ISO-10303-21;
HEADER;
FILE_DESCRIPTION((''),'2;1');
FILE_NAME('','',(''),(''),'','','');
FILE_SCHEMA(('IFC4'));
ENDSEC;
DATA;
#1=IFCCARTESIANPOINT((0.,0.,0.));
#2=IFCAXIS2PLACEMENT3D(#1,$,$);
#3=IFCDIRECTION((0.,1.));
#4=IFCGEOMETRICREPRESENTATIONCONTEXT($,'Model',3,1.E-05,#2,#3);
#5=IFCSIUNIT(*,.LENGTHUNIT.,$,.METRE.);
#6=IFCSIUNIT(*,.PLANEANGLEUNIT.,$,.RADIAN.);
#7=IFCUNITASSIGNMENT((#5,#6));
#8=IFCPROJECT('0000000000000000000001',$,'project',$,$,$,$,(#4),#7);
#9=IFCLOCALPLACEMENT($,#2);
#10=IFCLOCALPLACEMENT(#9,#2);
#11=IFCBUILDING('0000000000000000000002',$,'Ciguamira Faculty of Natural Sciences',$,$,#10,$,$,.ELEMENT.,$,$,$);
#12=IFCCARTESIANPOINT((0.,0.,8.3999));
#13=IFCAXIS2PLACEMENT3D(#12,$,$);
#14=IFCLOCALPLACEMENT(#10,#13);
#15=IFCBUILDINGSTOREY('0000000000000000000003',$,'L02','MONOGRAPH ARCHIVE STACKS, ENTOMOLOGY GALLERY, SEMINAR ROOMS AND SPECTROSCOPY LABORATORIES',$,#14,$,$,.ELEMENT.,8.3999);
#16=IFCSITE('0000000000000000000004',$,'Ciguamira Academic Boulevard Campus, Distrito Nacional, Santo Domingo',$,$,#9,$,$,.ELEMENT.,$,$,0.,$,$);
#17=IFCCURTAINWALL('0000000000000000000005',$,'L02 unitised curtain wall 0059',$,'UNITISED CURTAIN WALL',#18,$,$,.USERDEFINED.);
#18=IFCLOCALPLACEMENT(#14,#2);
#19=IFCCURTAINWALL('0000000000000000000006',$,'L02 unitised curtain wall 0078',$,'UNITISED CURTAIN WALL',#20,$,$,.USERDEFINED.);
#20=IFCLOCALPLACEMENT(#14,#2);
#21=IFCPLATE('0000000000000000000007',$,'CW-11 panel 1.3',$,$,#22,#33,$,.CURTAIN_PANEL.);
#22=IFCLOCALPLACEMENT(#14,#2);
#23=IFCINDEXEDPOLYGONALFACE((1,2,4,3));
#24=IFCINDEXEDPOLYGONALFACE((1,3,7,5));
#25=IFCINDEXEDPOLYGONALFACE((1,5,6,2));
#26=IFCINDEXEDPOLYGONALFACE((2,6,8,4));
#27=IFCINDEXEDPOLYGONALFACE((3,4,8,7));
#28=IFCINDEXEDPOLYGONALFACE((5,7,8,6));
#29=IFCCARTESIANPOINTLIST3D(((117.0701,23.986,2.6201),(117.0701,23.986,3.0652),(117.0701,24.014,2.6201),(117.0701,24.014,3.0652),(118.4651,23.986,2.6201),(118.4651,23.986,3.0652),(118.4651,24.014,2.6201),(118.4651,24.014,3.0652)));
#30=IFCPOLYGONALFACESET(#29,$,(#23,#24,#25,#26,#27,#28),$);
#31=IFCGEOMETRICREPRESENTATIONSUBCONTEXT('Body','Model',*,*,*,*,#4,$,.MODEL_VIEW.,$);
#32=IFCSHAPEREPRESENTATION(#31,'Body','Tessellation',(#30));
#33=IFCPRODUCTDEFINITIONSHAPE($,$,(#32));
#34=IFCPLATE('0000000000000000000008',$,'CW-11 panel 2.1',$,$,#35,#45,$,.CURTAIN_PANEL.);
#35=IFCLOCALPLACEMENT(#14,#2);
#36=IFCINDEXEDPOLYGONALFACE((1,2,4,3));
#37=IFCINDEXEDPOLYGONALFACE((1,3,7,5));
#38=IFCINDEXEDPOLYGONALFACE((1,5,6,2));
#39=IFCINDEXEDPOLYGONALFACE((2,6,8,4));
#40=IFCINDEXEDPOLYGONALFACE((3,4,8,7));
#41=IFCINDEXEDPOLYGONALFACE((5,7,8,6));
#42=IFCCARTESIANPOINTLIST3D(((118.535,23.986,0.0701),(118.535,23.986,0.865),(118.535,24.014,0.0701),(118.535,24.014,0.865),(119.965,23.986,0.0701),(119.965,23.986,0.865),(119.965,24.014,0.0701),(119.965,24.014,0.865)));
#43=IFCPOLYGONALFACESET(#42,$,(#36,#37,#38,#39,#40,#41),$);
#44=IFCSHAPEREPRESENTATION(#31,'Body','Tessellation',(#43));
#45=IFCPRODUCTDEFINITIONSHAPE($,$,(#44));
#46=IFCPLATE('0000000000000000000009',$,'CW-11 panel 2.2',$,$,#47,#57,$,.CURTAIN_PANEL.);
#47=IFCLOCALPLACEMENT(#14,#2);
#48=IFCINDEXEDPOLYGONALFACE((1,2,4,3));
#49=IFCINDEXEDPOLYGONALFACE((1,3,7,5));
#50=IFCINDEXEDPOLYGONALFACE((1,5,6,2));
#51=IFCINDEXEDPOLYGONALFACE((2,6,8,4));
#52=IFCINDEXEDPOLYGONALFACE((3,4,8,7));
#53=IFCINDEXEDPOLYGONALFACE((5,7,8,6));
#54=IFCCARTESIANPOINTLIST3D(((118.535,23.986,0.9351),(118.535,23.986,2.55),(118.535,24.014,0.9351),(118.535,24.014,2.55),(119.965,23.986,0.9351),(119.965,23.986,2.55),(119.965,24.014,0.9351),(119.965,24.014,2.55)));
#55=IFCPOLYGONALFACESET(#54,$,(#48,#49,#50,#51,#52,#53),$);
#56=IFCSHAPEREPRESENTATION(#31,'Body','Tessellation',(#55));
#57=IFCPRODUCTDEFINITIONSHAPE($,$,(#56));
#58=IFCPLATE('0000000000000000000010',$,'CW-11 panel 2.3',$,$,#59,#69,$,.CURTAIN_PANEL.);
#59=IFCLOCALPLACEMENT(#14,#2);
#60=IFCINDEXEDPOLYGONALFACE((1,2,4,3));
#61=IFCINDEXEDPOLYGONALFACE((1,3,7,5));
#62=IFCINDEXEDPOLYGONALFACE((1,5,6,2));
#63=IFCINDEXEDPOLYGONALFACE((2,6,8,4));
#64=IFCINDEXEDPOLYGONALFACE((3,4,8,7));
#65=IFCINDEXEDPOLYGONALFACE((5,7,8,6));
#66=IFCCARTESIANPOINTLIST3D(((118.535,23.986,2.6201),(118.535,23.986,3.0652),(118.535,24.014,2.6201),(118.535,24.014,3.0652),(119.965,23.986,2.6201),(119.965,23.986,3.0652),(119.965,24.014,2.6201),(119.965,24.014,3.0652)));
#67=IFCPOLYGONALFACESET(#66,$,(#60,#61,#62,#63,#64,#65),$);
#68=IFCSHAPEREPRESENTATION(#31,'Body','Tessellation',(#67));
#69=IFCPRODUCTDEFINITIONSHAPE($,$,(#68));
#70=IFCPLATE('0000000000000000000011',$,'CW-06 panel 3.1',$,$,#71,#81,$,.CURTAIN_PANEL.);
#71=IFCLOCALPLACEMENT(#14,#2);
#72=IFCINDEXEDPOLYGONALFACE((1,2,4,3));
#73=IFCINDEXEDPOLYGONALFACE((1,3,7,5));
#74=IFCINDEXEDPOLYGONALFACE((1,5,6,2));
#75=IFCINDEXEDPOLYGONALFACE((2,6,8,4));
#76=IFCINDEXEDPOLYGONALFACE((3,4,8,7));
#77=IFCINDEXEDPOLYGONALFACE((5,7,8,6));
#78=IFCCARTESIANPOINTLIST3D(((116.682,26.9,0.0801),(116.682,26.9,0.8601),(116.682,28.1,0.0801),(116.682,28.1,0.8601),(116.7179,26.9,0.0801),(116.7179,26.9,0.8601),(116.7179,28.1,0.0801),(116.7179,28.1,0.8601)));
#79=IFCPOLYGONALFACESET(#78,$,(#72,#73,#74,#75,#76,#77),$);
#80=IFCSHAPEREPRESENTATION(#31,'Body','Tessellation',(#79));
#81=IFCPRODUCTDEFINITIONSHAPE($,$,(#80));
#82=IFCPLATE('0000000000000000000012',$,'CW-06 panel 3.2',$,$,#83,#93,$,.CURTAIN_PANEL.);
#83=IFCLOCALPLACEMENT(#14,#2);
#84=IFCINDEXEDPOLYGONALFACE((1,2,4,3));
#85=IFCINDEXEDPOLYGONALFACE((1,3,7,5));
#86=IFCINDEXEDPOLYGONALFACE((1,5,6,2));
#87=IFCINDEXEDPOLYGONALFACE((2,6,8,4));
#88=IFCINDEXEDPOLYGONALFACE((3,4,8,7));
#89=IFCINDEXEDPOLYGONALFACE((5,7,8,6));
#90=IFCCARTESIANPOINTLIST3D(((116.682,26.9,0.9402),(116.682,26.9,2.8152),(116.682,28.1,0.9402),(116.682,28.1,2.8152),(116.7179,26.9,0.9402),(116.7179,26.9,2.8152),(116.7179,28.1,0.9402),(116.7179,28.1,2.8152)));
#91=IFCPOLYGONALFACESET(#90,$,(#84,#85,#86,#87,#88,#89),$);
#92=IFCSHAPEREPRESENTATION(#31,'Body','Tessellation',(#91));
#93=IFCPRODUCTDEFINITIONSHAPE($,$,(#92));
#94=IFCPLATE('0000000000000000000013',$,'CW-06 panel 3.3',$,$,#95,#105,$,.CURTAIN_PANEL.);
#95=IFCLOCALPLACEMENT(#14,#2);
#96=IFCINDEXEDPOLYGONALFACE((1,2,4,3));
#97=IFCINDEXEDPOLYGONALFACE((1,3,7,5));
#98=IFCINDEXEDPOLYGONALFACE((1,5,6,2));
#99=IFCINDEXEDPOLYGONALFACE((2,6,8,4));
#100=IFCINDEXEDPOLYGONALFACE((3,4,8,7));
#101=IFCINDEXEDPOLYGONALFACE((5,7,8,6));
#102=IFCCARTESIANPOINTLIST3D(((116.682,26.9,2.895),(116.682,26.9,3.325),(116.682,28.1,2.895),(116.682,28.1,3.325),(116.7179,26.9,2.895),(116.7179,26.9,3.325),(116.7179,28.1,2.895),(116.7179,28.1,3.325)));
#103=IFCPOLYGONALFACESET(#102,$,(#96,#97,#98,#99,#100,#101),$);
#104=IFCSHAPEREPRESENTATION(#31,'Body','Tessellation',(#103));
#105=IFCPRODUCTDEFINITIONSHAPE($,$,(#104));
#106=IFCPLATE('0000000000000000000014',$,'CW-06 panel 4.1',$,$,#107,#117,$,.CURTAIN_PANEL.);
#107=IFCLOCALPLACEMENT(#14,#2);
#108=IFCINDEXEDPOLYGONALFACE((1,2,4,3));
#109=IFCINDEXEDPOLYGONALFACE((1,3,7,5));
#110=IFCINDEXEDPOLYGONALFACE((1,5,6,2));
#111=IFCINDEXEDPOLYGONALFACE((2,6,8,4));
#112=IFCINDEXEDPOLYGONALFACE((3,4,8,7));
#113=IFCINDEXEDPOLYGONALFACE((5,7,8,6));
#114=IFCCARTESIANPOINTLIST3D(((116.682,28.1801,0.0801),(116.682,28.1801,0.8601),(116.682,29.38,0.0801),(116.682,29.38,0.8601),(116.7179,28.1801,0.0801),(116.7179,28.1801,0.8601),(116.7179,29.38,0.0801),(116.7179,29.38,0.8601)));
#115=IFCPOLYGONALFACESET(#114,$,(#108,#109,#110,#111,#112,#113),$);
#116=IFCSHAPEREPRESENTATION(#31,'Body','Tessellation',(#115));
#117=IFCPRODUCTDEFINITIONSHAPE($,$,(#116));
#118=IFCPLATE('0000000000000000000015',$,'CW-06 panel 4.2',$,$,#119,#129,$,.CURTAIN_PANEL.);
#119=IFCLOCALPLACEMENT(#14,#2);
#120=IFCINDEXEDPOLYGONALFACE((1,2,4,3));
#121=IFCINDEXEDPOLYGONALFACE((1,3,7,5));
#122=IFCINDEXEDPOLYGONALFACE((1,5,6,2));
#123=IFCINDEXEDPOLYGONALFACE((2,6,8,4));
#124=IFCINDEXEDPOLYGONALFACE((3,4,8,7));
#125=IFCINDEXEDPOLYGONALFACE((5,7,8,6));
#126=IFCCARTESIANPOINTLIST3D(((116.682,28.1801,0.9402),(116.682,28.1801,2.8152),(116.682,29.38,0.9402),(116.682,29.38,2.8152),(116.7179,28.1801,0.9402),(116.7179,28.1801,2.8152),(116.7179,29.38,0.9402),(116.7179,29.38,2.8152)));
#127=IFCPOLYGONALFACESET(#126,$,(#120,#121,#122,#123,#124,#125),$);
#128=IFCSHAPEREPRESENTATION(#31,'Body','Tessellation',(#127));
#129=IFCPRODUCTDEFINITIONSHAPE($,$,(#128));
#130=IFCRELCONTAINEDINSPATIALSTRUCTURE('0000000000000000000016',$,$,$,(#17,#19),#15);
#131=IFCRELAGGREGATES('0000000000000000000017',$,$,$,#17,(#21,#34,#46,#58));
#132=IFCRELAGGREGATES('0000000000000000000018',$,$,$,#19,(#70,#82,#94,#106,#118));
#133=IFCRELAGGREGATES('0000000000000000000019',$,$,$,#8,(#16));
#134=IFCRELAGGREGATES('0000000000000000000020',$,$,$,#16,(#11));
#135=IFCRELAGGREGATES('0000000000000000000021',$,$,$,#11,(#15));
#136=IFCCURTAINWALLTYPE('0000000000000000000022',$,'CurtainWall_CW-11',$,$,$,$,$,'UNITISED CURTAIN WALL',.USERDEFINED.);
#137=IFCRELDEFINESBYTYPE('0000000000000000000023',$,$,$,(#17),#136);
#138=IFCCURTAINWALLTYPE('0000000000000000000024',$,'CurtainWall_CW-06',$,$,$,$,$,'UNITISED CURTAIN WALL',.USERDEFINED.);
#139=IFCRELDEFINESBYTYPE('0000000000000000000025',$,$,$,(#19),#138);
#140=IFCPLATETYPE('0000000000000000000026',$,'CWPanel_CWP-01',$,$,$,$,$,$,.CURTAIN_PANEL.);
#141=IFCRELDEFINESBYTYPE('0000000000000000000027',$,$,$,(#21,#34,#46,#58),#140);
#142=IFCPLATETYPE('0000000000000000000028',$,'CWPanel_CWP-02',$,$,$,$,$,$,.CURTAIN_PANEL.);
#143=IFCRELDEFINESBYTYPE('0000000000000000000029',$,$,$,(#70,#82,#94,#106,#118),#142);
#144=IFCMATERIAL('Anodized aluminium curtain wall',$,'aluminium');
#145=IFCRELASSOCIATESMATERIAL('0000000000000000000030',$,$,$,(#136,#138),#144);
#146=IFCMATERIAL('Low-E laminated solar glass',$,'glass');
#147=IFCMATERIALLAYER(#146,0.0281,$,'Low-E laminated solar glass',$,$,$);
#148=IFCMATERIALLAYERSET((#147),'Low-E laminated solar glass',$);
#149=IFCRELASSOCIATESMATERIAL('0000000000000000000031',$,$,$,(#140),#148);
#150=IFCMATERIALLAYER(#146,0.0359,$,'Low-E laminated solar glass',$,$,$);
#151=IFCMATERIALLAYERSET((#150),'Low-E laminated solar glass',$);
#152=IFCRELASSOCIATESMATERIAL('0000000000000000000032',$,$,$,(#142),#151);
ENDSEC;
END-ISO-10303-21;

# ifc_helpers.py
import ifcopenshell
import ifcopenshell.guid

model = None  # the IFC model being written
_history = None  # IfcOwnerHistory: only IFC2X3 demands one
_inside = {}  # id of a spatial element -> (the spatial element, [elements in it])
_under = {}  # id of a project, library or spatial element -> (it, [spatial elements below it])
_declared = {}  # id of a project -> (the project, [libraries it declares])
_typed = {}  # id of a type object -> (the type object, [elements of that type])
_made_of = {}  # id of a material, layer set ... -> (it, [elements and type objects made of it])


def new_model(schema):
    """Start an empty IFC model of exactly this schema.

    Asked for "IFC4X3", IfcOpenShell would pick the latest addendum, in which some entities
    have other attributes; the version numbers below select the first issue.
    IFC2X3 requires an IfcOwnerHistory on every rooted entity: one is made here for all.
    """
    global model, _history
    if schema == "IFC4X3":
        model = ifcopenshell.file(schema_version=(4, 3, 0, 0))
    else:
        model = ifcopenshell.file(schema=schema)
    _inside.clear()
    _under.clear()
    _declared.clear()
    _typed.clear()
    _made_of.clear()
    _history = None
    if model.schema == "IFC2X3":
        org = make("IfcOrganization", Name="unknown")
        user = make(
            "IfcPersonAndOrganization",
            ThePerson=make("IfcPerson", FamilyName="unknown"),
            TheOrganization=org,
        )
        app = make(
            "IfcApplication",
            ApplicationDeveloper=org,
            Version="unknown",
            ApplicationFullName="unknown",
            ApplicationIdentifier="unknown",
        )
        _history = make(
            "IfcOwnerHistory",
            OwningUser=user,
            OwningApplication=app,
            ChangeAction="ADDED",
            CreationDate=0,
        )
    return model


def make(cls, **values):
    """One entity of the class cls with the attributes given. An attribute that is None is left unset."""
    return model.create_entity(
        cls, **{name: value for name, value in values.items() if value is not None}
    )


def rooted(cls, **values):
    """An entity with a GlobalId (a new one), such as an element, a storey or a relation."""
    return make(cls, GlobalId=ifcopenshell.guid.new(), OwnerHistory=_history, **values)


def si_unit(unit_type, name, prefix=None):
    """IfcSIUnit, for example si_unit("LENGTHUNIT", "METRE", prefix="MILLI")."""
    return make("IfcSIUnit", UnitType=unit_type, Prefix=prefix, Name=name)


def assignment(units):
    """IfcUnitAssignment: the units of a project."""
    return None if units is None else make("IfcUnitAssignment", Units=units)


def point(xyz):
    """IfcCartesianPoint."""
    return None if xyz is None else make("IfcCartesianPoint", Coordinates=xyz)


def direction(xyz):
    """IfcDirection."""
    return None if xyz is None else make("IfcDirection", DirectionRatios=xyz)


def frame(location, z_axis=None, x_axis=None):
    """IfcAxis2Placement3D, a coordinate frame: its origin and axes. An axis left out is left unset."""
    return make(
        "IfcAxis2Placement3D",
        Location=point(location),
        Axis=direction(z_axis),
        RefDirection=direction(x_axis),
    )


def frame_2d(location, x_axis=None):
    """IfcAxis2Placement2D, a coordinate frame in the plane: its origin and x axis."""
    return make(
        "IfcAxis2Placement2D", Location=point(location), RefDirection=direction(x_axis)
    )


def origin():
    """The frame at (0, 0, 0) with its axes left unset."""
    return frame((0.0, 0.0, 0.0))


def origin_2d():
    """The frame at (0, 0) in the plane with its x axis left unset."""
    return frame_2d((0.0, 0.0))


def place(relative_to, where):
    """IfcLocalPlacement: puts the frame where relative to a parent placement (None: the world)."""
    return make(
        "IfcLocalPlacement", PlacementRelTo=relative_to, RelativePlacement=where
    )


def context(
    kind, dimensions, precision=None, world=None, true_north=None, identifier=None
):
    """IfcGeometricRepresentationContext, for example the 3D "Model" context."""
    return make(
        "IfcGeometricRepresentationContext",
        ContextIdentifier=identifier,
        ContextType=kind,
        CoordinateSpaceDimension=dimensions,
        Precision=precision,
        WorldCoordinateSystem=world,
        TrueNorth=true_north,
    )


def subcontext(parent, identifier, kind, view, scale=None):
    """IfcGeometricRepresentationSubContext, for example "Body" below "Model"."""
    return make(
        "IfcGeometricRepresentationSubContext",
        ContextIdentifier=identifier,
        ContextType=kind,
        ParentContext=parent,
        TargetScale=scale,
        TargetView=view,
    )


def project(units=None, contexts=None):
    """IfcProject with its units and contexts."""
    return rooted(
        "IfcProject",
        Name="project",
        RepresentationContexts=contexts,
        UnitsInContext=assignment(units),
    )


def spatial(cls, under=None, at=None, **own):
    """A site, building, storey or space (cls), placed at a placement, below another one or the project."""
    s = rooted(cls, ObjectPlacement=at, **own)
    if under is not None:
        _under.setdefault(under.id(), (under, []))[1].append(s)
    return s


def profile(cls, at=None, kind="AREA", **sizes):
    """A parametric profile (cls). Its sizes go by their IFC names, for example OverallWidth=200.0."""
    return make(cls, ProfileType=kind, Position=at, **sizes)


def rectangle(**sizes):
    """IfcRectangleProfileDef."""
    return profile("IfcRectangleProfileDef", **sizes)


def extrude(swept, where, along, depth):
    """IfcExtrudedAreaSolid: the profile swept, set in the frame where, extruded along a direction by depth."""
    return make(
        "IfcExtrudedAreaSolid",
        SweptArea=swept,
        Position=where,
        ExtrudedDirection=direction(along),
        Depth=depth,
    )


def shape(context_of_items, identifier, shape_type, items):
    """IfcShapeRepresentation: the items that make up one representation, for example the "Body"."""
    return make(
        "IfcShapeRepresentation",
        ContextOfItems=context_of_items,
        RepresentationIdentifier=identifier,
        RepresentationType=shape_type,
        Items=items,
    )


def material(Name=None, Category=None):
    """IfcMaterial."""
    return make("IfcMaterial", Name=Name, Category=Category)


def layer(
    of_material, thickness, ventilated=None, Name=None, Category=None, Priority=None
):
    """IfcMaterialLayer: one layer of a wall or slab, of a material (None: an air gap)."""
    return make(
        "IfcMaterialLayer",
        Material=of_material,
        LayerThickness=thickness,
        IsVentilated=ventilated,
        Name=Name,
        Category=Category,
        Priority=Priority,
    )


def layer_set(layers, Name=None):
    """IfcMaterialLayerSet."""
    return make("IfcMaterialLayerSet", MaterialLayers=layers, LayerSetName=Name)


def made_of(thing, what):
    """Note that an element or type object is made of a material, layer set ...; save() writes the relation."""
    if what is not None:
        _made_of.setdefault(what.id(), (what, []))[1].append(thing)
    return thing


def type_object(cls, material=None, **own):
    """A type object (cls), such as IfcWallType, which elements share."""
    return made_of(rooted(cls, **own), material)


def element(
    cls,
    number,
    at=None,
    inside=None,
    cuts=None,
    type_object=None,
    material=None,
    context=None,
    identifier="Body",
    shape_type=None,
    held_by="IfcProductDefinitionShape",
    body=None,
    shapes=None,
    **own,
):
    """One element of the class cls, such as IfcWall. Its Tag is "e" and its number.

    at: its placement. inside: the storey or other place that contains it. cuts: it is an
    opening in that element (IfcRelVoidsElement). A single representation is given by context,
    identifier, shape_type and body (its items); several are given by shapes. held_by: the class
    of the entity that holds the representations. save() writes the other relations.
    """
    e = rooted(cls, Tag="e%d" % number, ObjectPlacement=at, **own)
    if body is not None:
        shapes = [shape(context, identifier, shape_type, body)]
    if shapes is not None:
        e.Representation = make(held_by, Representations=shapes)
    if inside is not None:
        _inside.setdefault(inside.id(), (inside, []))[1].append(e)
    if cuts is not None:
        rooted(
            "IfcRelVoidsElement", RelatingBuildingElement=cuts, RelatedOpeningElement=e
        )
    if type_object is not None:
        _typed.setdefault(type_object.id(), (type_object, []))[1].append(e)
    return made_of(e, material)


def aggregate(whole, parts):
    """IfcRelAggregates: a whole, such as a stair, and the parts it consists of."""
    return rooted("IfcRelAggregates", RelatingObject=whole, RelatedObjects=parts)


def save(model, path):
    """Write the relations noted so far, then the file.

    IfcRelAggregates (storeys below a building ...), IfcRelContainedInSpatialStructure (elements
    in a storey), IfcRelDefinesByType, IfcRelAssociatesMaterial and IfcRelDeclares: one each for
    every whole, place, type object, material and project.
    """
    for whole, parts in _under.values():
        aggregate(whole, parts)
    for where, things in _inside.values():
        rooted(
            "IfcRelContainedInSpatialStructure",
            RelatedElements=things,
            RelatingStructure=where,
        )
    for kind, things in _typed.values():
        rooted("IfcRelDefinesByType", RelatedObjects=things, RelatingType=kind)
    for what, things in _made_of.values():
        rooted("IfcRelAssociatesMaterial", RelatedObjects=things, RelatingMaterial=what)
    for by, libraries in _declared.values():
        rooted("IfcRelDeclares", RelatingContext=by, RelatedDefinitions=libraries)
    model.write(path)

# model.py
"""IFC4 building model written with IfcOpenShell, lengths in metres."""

from ifc_helpers import new_model, si_unit, direction, frame, origin, origin_2d, place, context, subcontext, project, spatial, rectangle, extrude, material, layer, layer_set, type_object, element, aggregate, save


model = new_model("IFC4")

# Units and contexts
model_context = context("Model", 3, precision=1e-05, world=origin(), true_north=direction((0.0, 1.0)))
body_context = subcontext(model_context, "Body", "Model", "MODEL_VIEW")
ifc_project = project(units=[si_unit("LENGTHUNIT", "METRE"), si_unit("PLANEANGLEUNIT", "RADIAN")], contexts=[model_context])

# Site, building, storey
site_placement = place(None, origin())
site = spatial("IfcSite", under=ifc_project, at=site_placement, Name="Ciguamira Academic Boulevard Campus, Distrito Nacional, Santo Domingo", CompositionType="ELEMENT", RefElevation=0.0)
building_placement = place(site_placement, origin())
building = spatial("IfcBuilding", under=site, at=building_placement, Name="Ciguamira Faculty of Natural Sciences", CompositionType="ELEMENT")
storey_placement = place(building_placement, frame((0.0, 0.0, 8.3999)))
storey = spatial("IfcBuildingStorey", under=building, at=storey_placement, Name="L02", Description="MONOGRAPH ARCHIVE STACKS, ENTOMOLOGY GALLERY, SEMINAR ROOMS AND SPECTROSCOPY LABORATORIES", CompositionType="ELEMENT", Elevation=8.3999)

# Curtain walls
ifc_material_1 = material(Name="Anodized aluminium curtain wall", Category="aluminium")
curtain_wall_type_1 = type_object("IfcCurtainWallType", Name="CurtainWall_CW-11", ElementType="UNITISED CURTAIN WALL", PredefinedType="USERDEFINED", material=ifc_material_1)
curtain_wall_1_placement = place(storey_placement, origin())
curtain_wall_1 = element("IfcCurtainWall", 1, at=curtain_wall_1_placement, inside=storey, type_object=curtain_wall_type_1, Name="L02 unitised curtain wall 0059", ObjectType="UNITISED CURTAIN WALL", PredefinedType="USERDEFINED")
curtain_wall_type_2 = type_object("IfcCurtainWallType", Name="CurtainWall_CW-06", ElementType="UNITISED CURTAIN WALL", PredefinedType="USERDEFINED", material=ifc_material_1)
curtain_wall_2_placement = place(storey_placement, origin())
curtain_wall_2 = element("IfcCurtainWall", 2, at=curtain_wall_2_placement, inside=storey, type_object=curtain_wall_type_2, Name="L02 unitised curtain wall 0078", ObjectType="UNITISED CURTAIN WALL", PredefinedType="USERDEFINED")

# Plates
ifc_material_2 = material(Name="Low-E laminated solar glass", Category="glass")
ifc_layer_1 = layer(ifc_material_2, 0.0281, Name="Low-E laminated solar glass")
ifc_layer_set_1 = layer_set([ifc_layer_1], Name="Low-E laminated solar glass")
plate_type_1 = type_object("IfcPlateType", Name="CWPanel_CWP-01", PredefinedType="CURTAIN_PANEL", material=ifc_layer_set_1)
plate_1_placement = place(storey_placement, frame((117.7676, 24.0, 2.6201), z_axis=(0.0, 0.0, 1.0), x_axis=(1.0, 0.0, 0.0)))
plate_1 = element("IfcPlate", 3, at=plate_1_placement, type_object=plate_type_1, Name="CW-11 panel 1.3", PredefinedType="CURTAIN_PANEL", context=body_context, shape_type="SweptSolid", body=[
    extrude(rectangle(XDim=1.395, YDim=0.0281, at=origin_2d()), origin(), (0.0, 0.0, 1.0), 0.4451),
])
plate_2_placement = place(storey_placement, frame((119.25, 24.0, 0.0701), z_axis=(0.0, 0.0, 1.0), x_axis=(1.0, 0.0, 0.0)))
plate_2 = element("IfcPlate", 4, at=plate_2_placement, type_object=plate_type_1, Name="CW-11 panel 2.1", PredefinedType="CURTAIN_PANEL", context=body_context, shape_type="SweptSolid", body=[
    extrude(rectangle(XDim=1.4299, YDim=0.0281, at=origin_2d()), origin(), (0.0, 0.0, 1.0), 0.7949),
])
plate_3_placement = place(storey_placement, frame((119.25, 24.0, 0.9351), z_axis=(0.0, 0.0, 1.0), x_axis=(1.0, 0.0, 0.0)))
plate_3 = element("IfcPlate", 5, at=plate_3_placement, type_object=plate_type_1, Name="CW-11 panel 2.2", PredefinedType="CURTAIN_PANEL", context=body_context, shape_type="SweptSolid", body=[
    extrude(rectangle(XDim=1.4299, YDim=0.0281, at=origin_2d()), origin(), (0.0, 0.0, 1.0), 1.615),
])
plate_4_placement = place(storey_placement, frame((119.25, 24.0, 2.6201), z_axis=(0.0, 0.0, 1.0), x_axis=(1.0, 0.0, 0.0)))
plate_4 = element("IfcPlate", 6, at=plate_4_placement, type_object=plate_type_1, Name="CW-11 panel 2.3", PredefinedType="CURTAIN_PANEL", context=body_context, shape_type="SweptSolid", body=[
    extrude(rectangle(XDim=1.4299, YDim=0.0281, at=origin_2d()), origin(), (0.0, 0.0, 1.0), 0.4451),
])
aggregate(curtain_wall_1, [plate_1, plate_2, plate_3, plate_4])
ifc_layer_2 = layer(ifc_material_2, 0.0359, Name="Low-E laminated solar glass")
ifc_layer_set_2 = layer_set([ifc_layer_2], Name="Low-E laminated solar glass")
plate_type_2 = type_object("IfcPlateType", Name="CWPanel_CWP-02", PredefinedType="CURTAIN_PANEL", material=ifc_layer_set_2)
plate_5_placement = place(storey_placement, frame((116.7, 27.5, 0.0801), z_axis=(0.0, 0.0, 1.0), x_axis=(0.0, 1.0, 0.0)))
plate_5 = element("IfcPlate", 7, at=plate_5_placement, type_object=plate_type_2, Name="CW-06 panel 3.1", PredefinedType="CURTAIN_PANEL", context=body_context, shape_type="SweptSolid", body=[
    extrude(rectangle(XDim=1.2, YDim=0.0359, at=origin_2d()), origin(), (0.0, 0.0, 1.0), 0.78),
])
plate_6_placement = place(storey_placement, frame((116.7, 27.5, 0.9402), z_axis=(0.0, 0.0, 1.0), x_axis=(0.0, 1.0, 0.0)))
plate_6 = element("IfcPlate", 8, at=plate_6_placement, type_object=plate_type_2, Name="CW-06 panel 3.2", PredefinedType="CURTAIN_PANEL", context=body_context, shape_type="SweptSolid", body=[
    extrude(rectangle(XDim=1.2, YDim=0.0359, at=origin_2d()), origin(), (0.0, 0.0, 1.0), 1.875),
])
plate_7_placement = place(storey_placement, frame((116.7, 27.5, 2.895), z_axis=(0.0, 0.0, 1.0), x_axis=(0.0, 1.0, 0.0)))
plate_7 = element("IfcPlate", 9, at=plate_7_placement, type_object=plate_type_2, Name="CW-06 panel 3.3", PredefinedType="CURTAIN_PANEL", context=body_context, shape_type="SweptSolid", body=[
    extrude(rectangle(XDim=1.2, YDim=0.0359, at=origin_2d()), origin(), (0.0, 0.0, 1.0), 0.4299),
])
plate_8_placement = place(storey_placement, frame((116.7, 28.78, 0.0801), z_axis=(0.0, 0.0, 1.0), x_axis=(0.0, 1.0, 0.0)))
plate_8 = element("IfcPlate", 10, at=plate_8_placement, type_object=plate_type_2, Name="CW-06 panel 4.1", PredefinedType="CURTAIN_PANEL", context=body_context, shape_type="SweptSolid", body=[
    extrude(rectangle(XDim=1.2, YDim=0.0359, at=origin_2d()), origin(), (0.0, 0.0, 1.0), 0.78),
])
plate_9_placement = place(storey_placement, frame((116.7, 28.78, 0.9402), z_axis=(0.0, 0.0, 1.0), x_axis=(0.0, 1.0, 0.0)))
plate_9 = element("IfcPlate", 11, at=plate_9_placement, type_object=plate_type_2, Name="CW-06 panel 4.2", PredefinedType="CURTAIN_PANEL", context=body_context, shape_type="SweptSolid", body=[
    extrude(rectangle(XDim=1.2, YDim=0.0359, at=origin_2d()), origin(), (0.0, 0.0, 1.0), 1.875),
])
aggregate(curtain_wall_2, [plate_5, plate_6, plate_7, plate_8, plate_9])

save(model, "model.ifc")
